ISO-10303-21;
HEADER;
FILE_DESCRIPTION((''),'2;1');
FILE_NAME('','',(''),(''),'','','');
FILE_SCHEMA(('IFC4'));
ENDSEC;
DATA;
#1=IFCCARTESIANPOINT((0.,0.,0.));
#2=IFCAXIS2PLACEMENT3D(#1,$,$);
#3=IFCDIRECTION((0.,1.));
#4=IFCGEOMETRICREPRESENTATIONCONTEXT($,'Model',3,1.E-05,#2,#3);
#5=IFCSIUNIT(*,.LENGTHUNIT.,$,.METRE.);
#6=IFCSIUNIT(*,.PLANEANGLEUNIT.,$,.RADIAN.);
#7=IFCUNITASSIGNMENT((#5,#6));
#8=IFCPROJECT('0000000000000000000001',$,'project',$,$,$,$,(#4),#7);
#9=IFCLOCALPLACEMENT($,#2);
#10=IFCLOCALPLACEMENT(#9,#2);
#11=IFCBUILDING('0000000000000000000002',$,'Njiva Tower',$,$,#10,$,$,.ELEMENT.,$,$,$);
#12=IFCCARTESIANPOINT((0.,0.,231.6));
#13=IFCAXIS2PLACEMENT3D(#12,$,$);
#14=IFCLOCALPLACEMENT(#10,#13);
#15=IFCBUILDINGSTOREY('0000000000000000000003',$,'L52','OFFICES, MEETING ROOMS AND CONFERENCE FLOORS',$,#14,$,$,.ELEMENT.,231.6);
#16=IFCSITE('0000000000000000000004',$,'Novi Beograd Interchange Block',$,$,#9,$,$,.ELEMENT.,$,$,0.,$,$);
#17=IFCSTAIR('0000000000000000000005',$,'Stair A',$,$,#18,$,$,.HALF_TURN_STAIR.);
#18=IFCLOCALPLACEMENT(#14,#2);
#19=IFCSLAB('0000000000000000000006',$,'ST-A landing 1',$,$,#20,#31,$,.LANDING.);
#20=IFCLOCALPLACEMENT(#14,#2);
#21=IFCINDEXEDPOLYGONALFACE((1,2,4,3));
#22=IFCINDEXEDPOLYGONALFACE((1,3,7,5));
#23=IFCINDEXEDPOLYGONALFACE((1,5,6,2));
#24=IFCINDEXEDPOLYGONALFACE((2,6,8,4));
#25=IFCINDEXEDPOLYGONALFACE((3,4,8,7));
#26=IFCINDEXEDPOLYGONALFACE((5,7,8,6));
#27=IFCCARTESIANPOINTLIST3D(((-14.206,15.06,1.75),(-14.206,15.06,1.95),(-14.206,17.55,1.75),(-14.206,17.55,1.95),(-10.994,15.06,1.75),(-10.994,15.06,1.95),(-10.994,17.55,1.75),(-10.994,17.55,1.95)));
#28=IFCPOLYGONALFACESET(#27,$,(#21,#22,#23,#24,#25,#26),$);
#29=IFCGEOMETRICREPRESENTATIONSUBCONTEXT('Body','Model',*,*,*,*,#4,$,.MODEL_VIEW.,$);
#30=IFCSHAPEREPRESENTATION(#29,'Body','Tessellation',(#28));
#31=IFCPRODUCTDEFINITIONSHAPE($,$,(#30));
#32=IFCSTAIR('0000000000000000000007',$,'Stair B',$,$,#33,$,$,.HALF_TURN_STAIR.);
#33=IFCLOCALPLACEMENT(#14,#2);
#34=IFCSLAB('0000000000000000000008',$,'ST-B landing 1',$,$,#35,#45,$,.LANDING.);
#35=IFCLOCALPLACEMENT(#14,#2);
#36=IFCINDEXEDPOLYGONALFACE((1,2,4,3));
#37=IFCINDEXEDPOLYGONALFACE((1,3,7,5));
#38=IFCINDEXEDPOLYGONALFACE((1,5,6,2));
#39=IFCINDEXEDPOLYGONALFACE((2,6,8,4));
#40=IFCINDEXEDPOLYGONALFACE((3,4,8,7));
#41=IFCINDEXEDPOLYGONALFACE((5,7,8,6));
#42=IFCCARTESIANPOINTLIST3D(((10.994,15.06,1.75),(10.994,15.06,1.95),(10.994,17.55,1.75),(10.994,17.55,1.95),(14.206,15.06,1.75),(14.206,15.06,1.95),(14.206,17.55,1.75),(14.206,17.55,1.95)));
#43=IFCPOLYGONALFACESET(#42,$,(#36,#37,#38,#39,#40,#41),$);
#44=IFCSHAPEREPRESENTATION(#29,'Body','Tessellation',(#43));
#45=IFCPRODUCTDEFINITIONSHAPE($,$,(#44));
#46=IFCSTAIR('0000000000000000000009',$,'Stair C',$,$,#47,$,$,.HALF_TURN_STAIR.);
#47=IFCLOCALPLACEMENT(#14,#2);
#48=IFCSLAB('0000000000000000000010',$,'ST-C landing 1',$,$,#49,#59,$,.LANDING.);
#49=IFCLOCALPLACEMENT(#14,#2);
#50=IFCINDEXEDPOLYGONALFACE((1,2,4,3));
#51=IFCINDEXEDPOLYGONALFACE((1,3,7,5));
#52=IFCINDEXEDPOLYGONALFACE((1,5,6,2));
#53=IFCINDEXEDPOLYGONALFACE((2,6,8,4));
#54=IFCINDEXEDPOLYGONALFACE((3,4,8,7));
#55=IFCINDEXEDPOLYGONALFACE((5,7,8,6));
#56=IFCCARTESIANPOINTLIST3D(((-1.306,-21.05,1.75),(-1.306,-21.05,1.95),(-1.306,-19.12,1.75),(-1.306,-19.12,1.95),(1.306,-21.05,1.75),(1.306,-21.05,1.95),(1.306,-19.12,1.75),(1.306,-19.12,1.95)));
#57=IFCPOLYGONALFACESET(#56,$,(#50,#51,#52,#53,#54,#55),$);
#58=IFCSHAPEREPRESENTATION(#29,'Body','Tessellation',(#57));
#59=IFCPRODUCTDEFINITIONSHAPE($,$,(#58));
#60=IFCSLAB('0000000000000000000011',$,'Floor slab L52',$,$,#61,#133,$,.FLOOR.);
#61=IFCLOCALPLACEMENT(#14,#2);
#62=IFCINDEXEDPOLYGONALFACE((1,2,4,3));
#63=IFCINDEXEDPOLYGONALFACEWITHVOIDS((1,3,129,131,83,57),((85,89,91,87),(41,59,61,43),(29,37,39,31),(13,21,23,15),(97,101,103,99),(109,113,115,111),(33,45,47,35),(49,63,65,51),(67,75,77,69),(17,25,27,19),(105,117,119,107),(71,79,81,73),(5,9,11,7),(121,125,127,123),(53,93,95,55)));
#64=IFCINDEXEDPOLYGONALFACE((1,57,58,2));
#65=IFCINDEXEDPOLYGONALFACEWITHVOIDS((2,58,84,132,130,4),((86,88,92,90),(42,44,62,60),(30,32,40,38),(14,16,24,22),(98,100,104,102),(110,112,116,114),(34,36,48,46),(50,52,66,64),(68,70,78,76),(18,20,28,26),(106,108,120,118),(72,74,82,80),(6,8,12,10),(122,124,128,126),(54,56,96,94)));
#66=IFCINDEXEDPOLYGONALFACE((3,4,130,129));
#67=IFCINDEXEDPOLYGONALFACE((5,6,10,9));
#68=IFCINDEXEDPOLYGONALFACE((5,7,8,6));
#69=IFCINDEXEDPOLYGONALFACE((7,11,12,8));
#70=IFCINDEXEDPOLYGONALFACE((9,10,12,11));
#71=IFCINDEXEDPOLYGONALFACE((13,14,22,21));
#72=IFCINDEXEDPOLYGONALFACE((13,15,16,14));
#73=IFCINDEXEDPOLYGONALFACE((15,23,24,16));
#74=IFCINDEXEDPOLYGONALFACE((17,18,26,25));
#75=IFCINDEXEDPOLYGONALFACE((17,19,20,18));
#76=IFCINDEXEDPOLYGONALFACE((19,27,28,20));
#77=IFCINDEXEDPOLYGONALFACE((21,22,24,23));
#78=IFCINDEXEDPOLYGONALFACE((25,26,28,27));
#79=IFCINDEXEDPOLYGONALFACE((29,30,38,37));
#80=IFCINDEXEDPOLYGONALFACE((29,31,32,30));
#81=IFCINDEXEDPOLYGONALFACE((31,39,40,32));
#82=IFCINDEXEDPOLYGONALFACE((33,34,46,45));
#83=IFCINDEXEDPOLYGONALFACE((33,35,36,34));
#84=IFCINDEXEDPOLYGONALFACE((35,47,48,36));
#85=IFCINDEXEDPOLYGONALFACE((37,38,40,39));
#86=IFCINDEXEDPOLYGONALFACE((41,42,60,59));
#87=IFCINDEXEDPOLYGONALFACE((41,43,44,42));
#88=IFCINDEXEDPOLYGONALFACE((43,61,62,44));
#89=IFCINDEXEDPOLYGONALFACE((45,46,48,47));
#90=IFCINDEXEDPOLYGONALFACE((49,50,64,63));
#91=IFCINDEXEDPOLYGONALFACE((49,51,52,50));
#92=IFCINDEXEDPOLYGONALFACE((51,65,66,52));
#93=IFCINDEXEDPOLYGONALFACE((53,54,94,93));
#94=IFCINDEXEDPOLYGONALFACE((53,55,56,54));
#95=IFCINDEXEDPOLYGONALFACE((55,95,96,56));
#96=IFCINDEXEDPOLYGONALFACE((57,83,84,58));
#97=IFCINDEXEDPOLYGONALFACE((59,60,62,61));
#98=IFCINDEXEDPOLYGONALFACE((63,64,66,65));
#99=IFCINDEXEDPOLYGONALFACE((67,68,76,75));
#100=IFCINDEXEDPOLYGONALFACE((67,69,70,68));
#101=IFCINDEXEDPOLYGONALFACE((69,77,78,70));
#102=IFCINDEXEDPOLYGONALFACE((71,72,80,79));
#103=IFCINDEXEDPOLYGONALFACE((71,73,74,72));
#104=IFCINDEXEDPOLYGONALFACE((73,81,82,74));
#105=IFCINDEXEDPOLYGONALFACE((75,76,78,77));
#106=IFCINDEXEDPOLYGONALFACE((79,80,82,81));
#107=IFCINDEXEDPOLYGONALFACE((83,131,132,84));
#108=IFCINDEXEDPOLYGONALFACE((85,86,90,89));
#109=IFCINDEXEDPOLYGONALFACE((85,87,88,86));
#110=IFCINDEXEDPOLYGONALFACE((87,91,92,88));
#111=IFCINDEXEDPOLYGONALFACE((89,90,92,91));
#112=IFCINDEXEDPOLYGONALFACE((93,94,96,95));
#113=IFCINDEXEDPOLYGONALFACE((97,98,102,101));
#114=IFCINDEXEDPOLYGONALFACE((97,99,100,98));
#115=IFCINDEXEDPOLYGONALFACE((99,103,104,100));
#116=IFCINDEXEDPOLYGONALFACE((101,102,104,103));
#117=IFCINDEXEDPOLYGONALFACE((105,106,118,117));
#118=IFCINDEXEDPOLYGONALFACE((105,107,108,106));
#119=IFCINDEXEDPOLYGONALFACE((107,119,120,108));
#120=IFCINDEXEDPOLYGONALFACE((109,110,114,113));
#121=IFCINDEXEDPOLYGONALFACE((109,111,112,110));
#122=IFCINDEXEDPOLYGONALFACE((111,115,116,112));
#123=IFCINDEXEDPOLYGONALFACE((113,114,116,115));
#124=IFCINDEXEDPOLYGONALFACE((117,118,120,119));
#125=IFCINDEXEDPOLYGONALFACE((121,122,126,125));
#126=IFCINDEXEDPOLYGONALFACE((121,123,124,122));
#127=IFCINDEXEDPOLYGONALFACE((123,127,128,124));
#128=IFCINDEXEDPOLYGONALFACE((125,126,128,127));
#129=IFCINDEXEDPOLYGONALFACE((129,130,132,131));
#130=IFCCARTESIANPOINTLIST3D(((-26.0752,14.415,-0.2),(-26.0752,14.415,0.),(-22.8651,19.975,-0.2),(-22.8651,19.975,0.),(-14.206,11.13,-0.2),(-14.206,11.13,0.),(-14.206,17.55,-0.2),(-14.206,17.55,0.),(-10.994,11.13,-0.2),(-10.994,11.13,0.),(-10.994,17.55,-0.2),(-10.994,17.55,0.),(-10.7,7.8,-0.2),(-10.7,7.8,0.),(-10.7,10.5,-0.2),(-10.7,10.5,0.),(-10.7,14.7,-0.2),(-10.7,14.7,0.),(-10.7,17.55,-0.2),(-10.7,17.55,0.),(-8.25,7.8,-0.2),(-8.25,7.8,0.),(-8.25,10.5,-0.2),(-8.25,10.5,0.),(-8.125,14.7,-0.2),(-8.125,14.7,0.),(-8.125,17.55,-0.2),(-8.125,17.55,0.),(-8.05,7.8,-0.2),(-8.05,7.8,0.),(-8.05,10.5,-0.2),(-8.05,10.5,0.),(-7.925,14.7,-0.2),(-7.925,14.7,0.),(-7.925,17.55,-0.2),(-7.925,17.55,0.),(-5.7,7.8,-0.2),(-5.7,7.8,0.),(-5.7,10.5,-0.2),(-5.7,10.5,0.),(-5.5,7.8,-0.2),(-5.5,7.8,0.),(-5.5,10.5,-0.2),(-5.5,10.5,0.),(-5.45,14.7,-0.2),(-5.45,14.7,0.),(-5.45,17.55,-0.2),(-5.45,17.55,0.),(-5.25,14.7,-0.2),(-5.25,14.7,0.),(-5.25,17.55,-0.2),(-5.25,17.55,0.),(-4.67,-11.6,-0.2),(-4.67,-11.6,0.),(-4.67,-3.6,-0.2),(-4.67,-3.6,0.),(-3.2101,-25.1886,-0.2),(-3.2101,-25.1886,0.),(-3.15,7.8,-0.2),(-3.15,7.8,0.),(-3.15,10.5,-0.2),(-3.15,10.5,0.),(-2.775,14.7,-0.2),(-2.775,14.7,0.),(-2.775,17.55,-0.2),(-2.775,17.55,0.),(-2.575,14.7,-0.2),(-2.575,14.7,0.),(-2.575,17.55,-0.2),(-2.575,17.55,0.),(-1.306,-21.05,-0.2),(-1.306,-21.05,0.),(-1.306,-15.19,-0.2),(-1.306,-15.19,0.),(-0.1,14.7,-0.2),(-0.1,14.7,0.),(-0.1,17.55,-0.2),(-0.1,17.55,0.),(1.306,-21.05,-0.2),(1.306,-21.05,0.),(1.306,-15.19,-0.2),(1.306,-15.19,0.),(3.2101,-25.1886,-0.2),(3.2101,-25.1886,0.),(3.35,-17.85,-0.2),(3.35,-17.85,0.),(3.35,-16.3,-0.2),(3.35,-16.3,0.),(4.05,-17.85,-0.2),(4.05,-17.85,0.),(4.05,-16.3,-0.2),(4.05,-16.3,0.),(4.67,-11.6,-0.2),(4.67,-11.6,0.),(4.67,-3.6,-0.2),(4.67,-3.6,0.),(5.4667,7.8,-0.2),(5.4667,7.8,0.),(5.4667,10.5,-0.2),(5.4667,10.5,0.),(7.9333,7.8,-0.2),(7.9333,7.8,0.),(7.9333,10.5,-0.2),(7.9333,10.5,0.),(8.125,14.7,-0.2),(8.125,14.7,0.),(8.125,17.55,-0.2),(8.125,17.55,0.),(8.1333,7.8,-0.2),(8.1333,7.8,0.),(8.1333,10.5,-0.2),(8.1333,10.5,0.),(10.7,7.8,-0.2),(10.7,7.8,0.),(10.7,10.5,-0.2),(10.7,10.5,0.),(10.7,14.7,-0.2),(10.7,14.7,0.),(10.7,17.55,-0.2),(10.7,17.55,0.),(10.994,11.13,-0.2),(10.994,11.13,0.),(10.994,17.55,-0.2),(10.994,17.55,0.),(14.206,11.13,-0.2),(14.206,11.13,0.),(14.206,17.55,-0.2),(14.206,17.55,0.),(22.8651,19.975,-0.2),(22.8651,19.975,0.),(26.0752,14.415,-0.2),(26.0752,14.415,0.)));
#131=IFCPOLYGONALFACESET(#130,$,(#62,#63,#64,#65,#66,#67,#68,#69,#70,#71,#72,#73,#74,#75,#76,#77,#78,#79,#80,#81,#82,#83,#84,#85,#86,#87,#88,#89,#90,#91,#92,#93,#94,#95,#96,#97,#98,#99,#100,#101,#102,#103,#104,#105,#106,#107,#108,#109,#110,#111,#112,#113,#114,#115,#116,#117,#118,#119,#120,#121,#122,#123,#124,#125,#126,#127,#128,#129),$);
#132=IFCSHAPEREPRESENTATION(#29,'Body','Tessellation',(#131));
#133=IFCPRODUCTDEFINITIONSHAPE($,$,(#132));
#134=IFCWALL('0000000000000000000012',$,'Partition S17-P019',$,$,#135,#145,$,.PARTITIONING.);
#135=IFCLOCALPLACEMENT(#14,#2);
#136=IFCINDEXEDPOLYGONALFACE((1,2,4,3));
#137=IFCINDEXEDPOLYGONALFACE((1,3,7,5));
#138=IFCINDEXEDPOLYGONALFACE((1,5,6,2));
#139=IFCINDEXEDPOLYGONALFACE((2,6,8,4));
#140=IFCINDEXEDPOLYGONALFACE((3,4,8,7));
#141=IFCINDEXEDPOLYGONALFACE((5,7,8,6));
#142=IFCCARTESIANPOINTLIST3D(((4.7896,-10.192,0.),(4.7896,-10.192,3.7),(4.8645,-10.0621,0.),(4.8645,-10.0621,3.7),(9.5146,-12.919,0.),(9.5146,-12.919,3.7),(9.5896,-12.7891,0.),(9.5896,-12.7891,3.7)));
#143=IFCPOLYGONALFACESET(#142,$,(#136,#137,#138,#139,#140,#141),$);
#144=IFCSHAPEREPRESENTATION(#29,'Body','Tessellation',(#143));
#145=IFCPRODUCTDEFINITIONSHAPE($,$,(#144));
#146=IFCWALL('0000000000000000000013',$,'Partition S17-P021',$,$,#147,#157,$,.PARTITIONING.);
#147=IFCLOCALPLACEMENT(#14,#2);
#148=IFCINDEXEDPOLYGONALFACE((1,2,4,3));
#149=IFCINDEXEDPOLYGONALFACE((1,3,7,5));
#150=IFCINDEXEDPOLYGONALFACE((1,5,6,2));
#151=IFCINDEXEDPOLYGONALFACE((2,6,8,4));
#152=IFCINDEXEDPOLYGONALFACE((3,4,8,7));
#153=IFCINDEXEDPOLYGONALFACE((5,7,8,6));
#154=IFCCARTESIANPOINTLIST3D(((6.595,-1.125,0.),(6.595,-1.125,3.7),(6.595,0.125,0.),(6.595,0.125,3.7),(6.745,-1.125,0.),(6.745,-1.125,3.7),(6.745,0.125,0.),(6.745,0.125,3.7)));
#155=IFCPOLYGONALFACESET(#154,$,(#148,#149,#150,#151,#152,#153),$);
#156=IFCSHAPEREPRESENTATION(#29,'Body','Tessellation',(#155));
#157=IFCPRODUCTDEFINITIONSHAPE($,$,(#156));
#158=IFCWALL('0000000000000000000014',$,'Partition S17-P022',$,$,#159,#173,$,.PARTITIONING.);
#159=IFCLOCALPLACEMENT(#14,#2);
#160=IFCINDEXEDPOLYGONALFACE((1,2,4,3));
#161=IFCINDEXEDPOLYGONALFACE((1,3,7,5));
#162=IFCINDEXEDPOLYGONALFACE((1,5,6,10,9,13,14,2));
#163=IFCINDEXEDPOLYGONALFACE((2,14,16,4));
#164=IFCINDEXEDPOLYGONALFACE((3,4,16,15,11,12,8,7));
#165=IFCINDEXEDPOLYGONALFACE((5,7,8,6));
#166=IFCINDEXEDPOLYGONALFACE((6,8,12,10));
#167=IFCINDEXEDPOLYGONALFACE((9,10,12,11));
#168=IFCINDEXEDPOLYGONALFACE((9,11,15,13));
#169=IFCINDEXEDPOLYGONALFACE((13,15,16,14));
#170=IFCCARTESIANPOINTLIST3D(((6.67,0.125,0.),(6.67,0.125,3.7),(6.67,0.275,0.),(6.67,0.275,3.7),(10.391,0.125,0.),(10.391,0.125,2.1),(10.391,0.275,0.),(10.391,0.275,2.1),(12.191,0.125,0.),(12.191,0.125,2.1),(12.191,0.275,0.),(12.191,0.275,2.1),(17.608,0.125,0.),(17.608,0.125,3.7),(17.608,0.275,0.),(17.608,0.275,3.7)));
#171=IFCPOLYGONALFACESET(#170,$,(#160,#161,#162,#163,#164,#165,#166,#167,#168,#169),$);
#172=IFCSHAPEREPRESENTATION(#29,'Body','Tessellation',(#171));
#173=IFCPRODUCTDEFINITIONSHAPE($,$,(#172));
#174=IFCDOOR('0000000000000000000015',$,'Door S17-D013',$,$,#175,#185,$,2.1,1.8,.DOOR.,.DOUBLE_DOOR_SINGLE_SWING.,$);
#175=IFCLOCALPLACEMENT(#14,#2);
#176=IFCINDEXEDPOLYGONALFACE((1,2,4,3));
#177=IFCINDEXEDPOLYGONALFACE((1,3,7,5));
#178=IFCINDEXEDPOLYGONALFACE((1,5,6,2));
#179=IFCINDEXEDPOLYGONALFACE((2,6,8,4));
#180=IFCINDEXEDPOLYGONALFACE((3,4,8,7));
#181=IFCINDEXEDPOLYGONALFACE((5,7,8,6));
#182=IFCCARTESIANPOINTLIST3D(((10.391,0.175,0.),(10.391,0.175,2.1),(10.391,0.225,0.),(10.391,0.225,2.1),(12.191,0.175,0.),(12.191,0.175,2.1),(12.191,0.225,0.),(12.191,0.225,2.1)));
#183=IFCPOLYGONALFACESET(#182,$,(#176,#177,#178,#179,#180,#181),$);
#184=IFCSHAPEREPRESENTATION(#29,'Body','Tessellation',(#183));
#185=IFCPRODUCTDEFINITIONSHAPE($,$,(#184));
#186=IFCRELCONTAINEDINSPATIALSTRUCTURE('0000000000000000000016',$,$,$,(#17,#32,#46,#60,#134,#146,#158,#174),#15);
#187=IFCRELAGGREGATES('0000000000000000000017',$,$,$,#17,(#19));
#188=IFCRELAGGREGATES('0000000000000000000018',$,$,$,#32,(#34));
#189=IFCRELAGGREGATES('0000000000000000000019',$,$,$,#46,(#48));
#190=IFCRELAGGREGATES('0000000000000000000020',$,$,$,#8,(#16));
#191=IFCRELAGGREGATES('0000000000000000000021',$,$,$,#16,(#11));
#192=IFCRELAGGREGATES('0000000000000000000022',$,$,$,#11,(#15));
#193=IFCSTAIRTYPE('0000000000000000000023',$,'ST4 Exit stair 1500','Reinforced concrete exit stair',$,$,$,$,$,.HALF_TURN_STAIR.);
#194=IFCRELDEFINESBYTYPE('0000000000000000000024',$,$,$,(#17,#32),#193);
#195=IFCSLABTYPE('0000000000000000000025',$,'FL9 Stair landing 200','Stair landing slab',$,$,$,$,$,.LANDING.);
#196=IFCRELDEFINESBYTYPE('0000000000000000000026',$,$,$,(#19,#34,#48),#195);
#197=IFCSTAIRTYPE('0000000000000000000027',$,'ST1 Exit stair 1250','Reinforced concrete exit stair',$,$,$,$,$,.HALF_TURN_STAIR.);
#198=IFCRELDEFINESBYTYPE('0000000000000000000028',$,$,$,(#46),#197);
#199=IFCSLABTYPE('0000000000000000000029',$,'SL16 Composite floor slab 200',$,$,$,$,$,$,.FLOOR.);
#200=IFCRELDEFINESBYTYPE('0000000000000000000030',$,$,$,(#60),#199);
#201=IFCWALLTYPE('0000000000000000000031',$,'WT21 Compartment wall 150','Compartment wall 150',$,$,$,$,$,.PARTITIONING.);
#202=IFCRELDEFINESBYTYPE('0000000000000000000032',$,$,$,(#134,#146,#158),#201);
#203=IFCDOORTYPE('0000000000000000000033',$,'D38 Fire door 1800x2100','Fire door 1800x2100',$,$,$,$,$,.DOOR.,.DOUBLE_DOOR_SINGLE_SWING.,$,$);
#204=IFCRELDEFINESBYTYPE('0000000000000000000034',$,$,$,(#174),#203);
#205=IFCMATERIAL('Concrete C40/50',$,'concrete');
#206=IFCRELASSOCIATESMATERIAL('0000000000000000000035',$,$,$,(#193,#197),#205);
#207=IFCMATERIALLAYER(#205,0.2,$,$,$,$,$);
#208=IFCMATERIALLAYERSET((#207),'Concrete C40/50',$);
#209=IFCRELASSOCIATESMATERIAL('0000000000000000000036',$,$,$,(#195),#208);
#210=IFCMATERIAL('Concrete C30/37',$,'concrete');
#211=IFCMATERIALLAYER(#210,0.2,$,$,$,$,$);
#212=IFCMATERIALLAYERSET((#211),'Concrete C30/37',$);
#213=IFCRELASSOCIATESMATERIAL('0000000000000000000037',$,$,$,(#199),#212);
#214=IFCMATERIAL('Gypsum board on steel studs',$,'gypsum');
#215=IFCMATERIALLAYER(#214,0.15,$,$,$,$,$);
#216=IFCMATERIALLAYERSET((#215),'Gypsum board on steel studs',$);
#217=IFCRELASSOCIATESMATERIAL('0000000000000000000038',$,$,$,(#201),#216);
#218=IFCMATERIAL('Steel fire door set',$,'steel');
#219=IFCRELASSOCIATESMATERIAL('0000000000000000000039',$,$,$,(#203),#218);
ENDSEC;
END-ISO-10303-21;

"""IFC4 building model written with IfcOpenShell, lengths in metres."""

from ifc_helpers import new_model, si_unit, direction, frame, frame_2d, origin, place, context, subcontext, project, spatial, polyline, rectangle, outline, extrude, material, layer, layer_set, type_object, element, fill, aggregate, save


model = new_model("IFC4")

# Units and contexts
model_context = context("Model", 3, precision=1e-05, world=origin(), true_north=direction((0.0, 1.0)))
body_context = subcontext(model_context, "Body", "Model", "MODEL_VIEW")
ifc_project = project(units=[si_unit("LENGTHUNIT", "METRE"), si_unit("PLANEANGLEUNIT", "RADIAN")], contexts=[model_context])

# Site, building, storey
site_placement = place(None, origin())
site = spatial("IfcSite", under=ifc_project, at=site_placement, Name="Novi Beograd Interchange Block", CompositionType="ELEMENT", RefElevation=0.0)
building_placement = place(site_placement, origin())
building = spatial("IfcBuilding", under=site, at=building_placement, Name="Njiva Tower", CompositionType="ELEMENT")
storey_placement = place(building_placement, frame((0.0, 0.0, 231.6)))
storey = spatial("IfcBuildingStorey", under=building, at=storey_placement, Name="L52", Description="OFFICES, MEETING ROOMS AND CONFERENCE FLOORS", CompositionType="ELEMENT", Elevation=231.6)

# Stairs, slabs
ifc_material_1 = material(Name="Concrete C40/50", Category="concrete")
stair_type_1 = type_object("IfcStairType", Name="ST4 Exit stair 1500", Description="Reinforced concrete exit stair", PredefinedType="HALF_TURN_STAIR", material=ifc_material_1)
stair_1_placement = place(storey_placement, origin())
stair_1 = element("IfcStair", 1, at=stair_1_placement, inside=storey, type_object=stair_type_1, Name="Stair A", PredefinedType="HALF_TURN_STAIR")
ifc_layer_1 = layer(ifc_material_1, 0.2)
ifc_layer_set_1 = layer_set([ifc_layer_1], Name="Concrete C40/50")
slab_type_1 = type_object("IfcSlabType", Name="FL9 Stair landing 200", Description="Stair landing slab", PredefinedType="LANDING", material=ifc_layer_set_1)
slab_1_placement = place(storey_placement, frame((0.0, 0.0, 1.75)))
slab_1 = element("IfcSlab", 2, at=slab_1_placement, type_object=slab_type_1, Name="ST-A landing 1", PredefinedType="LANDING", context=body_context, shape_type="SweptSolid", body=[
    extrude(outline(polyline([(-14.206, 15.06), (-10.994, 15.06), (-10.994, 17.55), (-14.206, 17.55), (-14.206, 15.06)])), origin(), (0.0, 0.0, 1.0), 0.2),
])
aggregate(stair_1, [slab_1])
stair_2_placement = place(storey_placement, origin())
stair_2 = element("IfcStair", 3, at=stair_2_placement, inside=storey, type_object=stair_type_1, Name="Stair B", PredefinedType="HALF_TURN_STAIR")
slab_2_placement = place(storey_placement, frame((0.0, 0.0, 1.75)))
slab_2 = element("IfcSlab", 4, at=slab_2_placement, type_object=slab_type_1, Name="ST-B landing 1", PredefinedType="LANDING", context=body_context, shape_type="SweptSolid", body=[
    extrude(outline(polyline([(10.994, 15.06), (14.206, 15.06), (14.206, 17.55), (10.994, 17.55), (10.994, 15.06)])), origin(), (0.0, 0.0, 1.0), 0.2),
])
aggregate(stair_2, [slab_2])
stair_type_2 = type_object("IfcStairType", Name="ST1 Exit stair 1250", Description="Reinforced concrete exit stair", PredefinedType="HALF_TURN_STAIR", material=ifc_material_1)
stair_3_placement = place(storey_placement, origin())
stair_3 = element("IfcStair", 5, at=stair_3_placement, inside=storey, type_object=stair_type_2, Name="Stair C", PredefinedType="HALF_TURN_STAIR")
slab_3_placement = place(storey_placement, frame((0.0, 0.0, 1.75)))
slab_3 = element("IfcSlab", 6, at=slab_3_placement, type_object=slab_type_1, Name="ST-C landing 1", PredefinedType="LANDING", context=body_context, shape_type="SweptSolid", body=[
    extrude(outline(polyline([(-1.306, -21.05), (1.306, -21.05), (1.306, -19.12), (-1.306, -19.12), (-1.306, -21.05)])), origin(), (0.0, 0.0, 1.0), 0.2),
])
aggregate(stair_3, [slab_3])

# Slab
ifc_material_2 = material(Name="Concrete C30/37", Category="concrete")
ifc_layer_2 = layer(ifc_material_2, 0.2)
ifc_layer_set_2 = layer_set([ifc_layer_2], Name="Concrete C30/37")
slab_type_2 = type_object("IfcSlabType", Name="SL16 Composite floor slab 200", PredefinedType="FLOOR", material=ifc_layer_set_2)
slab_4_placement = place(storey_placement, frame((0.0, 0.0, -0.2)))
element("IfcSlab", 7, at=slab_4_placement, inside=storey, type_object=slab_type_2, Name="Floor slab L52", PredefinedType="FLOOR", context=body_context, shape_type="SweptSolid", body=[
    extrude(outline(polyline([(26.0752, 14.415), (3.2101, -25.1886), (-3.2101, -25.1886), (-26.0752, 14.415), (-22.8651, 19.975), (22.8651, 19.975), (26.0752, 14.415)]), holes=[polyline([(10.994, 11.13), (14.206, 11.13), (14.206, 17.55), (10.994, 17.55), (10.994, 11.13)]), polyline([(8.125, 14.7), (10.7, 14.7), (10.7, 17.55), (8.125, 17.55), (8.125, 14.7)]), polyline([(8.1333, 7.8), (10.7, 7.8), (10.7, 10.5), (8.1333, 10.5), (8.1333, 7.8)]), polyline([(5.4667, 7.8), (7.9333, 7.8), (7.9333, 10.5), (5.4667, 10.5), (5.4667, 7.8)]), polyline([(4.67, -11.6), (4.67, -3.6), (-4.67, -3.6), (-4.67, -11.6), (4.67, -11.6)]), polyline([(3.35, -17.85), (4.05, -17.85), (4.05, -16.3), (3.35, -16.3), (3.35, -17.85)]), polyline([(-1.306, -21.05), (1.306, -21.05), (1.306, -15.19), (-1.306, -15.19), (-1.306, -21.05)]), polyline([(-2.575, 14.7), (-0.1, 14.7), (-0.1, 17.55), (-2.575, 17.55), (-2.575, 14.7)]), polyline([(-5.25, 14.7), (-2.775, 14.7), (-2.775, 17.55), (-5.25, 17.55), (-5.25, 14.7)]), polyline([(-5.5, 7.8), (-3.15, 7.8), (-3.15, 10.5), (-5.5, 10.5), (-5.5, 7.8)]), polyline([(-7.925, 14.7), (-5.45, 14.7), (-5.45, 17.55), (-7.925, 17.55), (-7.925, 14.7)]), polyline([(-8.05, 7.8), (-5.7, 7.8), (-5.7, 10.5), (-8.05, 10.5), (-8.05, 7.8)]), polyline([(-10.7, 14.7), (-8.125, 14.7), (-8.125, 17.55), (-10.7, 17.55), (-10.7, 14.7)]), polyline([(-8.25, 7.8), (-8.25, 10.5), (-10.7, 10.5), (-10.7, 7.8), (-8.25, 7.8)]), polyline([(-14.206, 11.13), (-10.994, 11.13), (-10.994, 17.55), (-14.206, 17.55), (-14.206, 11.13)])]), origin(), (0.0, 0.0, 1.0), 0.2),
])

# Walls
ifc_material_3 = material(Name="Gypsum board on steel studs", Category="gypsum")
ifc_layer_3 = layer(ifc_material_3, 0.15)
ifc_layer_set_3 = layer_set([ifc_layer_3], Name="Gypsum board on steel studs")
wall_type_1 = type_object("IfcWallType", Name="WT21 Compartment wall 150", Description="Compartment wall 150", PredefinedType="PARTITIONING", material=ifc_layer_set_3)
wall_1_placement = place(storey_placement, frame((4.827, -10.127, 0.0), z_axis=(0.0, 0.0, 1.0), x_axis=(0.866103, -0.499865, 0.0)))
element("IfcWall", 8, at=wall_1_placement, inside=storey, type_object=wall_type_1, Name="Partition S17-P019", PredefinedType="PARTITIONING", context=body_context, shape_type="SweptSolid", body=[
    extrude(rectangle(XDim=5.4555, YDim=0.15, at=frame_2d((2.7278, 0.0))), origin(), (0.0, 0.0, 1.0), 3.7),
])
wall_2_placement = place(storey_placement, frame((6.67, -1.125, 0.0), z_axis=(0.0, 0.0, 1.0), x_axis=(0.0, 1.0, 0.0)))
element("IfcWall", 9, at=wall_2_placement, inside=storey, type_object=wall_type_1, Name="Partition S17-P021", PredefinedType="PARTITIONING", context=body_context, shape_type="SweptSolid", body=[
    extrude(rectangle(XDim=1.25, YDim=0.15, at=frame_2d((0.625, 0.0))), origin(), (0.0, 0.0, 1.0), 3.7),
])

# Wall, opening, door
wall_3_placement = place(storey_placement, frame((6.67, 0.2, 0.0), z_axis=(0.0, 0.0, 1.0), x_axis=(1.0, 0.0, 0.0)))
wall_3 = element("IfcWall", 10, at=wall_3_placement, inside=storey, type_object=wall_type_1, Name="Partition S17-P022", PredefinedType="PARTITIONING", context=body_context, shape_type="SweptSolid", body=[
    extrude(rectangle(XDim=10.938, YDim=0.15, at=frame_2d((5.469, 0.0))), origin(), (0.0, 0.0, 1.0), 3.7),
])
opening_1_placement = place(wall_3_placement, frame((3.721, 0.0, 0.0)))
opening_1 = element("IfcOpeningElement", 11, at=opening_1_placement, cuts=wall_3, PredefinedType="OPENING", context=body_context, shape_type="SweptSolid", body=[
    extrude(rectangle(XDim=1.8, YDim=2.1, at=frame_2d((0.9, 1.05))), frame((0.0, 0.085, 0.0), z_axis=(0.0, -1.0, 0.0), x_axis=(1.0, 0.0, 0.0)), (0.0, 0.0, 1.0), 0.17),
])
ifc_material_4 = material(Name="Steel fire door set", Category="steel")
door_type_1 = type_object("IfcDoorType", Name="D38 Fire door 1800x2100", Description="Fire door 1800x2100", OperationType="DOUBLE_DOOR_SINGLE_SWING", PredefinedType="DOOR", material=ifc_material_4)
door_1_placement = place(opening_1_placement, origin())
door_1 = element("IfcDoor", 12, at=door_1_placement, inside=storey, type_object=door_type_1, Name="Door S17-D013", OperationType="DOUBLE_DOOR_SINGLE_SWING", OverallHeight=2.1, OverallWidth=1.8, PredefinedType="DOOR", context=body_context, shape_type="SweptSolid", body=[
    extrude(rectangle(XDim=1.8, YDim=2.1, at=frame_2d((0.9, 1.05))), frame((0.0, 0.025, 0.0), z_axis=(0.0, -1.0, 0.0), x_axis=(1.0, 0.0, 0.0)), (0.0, 0.0, 1.0), 0.05),
])
fill(opening_1, door_1)

save(model, "model.ifc")
